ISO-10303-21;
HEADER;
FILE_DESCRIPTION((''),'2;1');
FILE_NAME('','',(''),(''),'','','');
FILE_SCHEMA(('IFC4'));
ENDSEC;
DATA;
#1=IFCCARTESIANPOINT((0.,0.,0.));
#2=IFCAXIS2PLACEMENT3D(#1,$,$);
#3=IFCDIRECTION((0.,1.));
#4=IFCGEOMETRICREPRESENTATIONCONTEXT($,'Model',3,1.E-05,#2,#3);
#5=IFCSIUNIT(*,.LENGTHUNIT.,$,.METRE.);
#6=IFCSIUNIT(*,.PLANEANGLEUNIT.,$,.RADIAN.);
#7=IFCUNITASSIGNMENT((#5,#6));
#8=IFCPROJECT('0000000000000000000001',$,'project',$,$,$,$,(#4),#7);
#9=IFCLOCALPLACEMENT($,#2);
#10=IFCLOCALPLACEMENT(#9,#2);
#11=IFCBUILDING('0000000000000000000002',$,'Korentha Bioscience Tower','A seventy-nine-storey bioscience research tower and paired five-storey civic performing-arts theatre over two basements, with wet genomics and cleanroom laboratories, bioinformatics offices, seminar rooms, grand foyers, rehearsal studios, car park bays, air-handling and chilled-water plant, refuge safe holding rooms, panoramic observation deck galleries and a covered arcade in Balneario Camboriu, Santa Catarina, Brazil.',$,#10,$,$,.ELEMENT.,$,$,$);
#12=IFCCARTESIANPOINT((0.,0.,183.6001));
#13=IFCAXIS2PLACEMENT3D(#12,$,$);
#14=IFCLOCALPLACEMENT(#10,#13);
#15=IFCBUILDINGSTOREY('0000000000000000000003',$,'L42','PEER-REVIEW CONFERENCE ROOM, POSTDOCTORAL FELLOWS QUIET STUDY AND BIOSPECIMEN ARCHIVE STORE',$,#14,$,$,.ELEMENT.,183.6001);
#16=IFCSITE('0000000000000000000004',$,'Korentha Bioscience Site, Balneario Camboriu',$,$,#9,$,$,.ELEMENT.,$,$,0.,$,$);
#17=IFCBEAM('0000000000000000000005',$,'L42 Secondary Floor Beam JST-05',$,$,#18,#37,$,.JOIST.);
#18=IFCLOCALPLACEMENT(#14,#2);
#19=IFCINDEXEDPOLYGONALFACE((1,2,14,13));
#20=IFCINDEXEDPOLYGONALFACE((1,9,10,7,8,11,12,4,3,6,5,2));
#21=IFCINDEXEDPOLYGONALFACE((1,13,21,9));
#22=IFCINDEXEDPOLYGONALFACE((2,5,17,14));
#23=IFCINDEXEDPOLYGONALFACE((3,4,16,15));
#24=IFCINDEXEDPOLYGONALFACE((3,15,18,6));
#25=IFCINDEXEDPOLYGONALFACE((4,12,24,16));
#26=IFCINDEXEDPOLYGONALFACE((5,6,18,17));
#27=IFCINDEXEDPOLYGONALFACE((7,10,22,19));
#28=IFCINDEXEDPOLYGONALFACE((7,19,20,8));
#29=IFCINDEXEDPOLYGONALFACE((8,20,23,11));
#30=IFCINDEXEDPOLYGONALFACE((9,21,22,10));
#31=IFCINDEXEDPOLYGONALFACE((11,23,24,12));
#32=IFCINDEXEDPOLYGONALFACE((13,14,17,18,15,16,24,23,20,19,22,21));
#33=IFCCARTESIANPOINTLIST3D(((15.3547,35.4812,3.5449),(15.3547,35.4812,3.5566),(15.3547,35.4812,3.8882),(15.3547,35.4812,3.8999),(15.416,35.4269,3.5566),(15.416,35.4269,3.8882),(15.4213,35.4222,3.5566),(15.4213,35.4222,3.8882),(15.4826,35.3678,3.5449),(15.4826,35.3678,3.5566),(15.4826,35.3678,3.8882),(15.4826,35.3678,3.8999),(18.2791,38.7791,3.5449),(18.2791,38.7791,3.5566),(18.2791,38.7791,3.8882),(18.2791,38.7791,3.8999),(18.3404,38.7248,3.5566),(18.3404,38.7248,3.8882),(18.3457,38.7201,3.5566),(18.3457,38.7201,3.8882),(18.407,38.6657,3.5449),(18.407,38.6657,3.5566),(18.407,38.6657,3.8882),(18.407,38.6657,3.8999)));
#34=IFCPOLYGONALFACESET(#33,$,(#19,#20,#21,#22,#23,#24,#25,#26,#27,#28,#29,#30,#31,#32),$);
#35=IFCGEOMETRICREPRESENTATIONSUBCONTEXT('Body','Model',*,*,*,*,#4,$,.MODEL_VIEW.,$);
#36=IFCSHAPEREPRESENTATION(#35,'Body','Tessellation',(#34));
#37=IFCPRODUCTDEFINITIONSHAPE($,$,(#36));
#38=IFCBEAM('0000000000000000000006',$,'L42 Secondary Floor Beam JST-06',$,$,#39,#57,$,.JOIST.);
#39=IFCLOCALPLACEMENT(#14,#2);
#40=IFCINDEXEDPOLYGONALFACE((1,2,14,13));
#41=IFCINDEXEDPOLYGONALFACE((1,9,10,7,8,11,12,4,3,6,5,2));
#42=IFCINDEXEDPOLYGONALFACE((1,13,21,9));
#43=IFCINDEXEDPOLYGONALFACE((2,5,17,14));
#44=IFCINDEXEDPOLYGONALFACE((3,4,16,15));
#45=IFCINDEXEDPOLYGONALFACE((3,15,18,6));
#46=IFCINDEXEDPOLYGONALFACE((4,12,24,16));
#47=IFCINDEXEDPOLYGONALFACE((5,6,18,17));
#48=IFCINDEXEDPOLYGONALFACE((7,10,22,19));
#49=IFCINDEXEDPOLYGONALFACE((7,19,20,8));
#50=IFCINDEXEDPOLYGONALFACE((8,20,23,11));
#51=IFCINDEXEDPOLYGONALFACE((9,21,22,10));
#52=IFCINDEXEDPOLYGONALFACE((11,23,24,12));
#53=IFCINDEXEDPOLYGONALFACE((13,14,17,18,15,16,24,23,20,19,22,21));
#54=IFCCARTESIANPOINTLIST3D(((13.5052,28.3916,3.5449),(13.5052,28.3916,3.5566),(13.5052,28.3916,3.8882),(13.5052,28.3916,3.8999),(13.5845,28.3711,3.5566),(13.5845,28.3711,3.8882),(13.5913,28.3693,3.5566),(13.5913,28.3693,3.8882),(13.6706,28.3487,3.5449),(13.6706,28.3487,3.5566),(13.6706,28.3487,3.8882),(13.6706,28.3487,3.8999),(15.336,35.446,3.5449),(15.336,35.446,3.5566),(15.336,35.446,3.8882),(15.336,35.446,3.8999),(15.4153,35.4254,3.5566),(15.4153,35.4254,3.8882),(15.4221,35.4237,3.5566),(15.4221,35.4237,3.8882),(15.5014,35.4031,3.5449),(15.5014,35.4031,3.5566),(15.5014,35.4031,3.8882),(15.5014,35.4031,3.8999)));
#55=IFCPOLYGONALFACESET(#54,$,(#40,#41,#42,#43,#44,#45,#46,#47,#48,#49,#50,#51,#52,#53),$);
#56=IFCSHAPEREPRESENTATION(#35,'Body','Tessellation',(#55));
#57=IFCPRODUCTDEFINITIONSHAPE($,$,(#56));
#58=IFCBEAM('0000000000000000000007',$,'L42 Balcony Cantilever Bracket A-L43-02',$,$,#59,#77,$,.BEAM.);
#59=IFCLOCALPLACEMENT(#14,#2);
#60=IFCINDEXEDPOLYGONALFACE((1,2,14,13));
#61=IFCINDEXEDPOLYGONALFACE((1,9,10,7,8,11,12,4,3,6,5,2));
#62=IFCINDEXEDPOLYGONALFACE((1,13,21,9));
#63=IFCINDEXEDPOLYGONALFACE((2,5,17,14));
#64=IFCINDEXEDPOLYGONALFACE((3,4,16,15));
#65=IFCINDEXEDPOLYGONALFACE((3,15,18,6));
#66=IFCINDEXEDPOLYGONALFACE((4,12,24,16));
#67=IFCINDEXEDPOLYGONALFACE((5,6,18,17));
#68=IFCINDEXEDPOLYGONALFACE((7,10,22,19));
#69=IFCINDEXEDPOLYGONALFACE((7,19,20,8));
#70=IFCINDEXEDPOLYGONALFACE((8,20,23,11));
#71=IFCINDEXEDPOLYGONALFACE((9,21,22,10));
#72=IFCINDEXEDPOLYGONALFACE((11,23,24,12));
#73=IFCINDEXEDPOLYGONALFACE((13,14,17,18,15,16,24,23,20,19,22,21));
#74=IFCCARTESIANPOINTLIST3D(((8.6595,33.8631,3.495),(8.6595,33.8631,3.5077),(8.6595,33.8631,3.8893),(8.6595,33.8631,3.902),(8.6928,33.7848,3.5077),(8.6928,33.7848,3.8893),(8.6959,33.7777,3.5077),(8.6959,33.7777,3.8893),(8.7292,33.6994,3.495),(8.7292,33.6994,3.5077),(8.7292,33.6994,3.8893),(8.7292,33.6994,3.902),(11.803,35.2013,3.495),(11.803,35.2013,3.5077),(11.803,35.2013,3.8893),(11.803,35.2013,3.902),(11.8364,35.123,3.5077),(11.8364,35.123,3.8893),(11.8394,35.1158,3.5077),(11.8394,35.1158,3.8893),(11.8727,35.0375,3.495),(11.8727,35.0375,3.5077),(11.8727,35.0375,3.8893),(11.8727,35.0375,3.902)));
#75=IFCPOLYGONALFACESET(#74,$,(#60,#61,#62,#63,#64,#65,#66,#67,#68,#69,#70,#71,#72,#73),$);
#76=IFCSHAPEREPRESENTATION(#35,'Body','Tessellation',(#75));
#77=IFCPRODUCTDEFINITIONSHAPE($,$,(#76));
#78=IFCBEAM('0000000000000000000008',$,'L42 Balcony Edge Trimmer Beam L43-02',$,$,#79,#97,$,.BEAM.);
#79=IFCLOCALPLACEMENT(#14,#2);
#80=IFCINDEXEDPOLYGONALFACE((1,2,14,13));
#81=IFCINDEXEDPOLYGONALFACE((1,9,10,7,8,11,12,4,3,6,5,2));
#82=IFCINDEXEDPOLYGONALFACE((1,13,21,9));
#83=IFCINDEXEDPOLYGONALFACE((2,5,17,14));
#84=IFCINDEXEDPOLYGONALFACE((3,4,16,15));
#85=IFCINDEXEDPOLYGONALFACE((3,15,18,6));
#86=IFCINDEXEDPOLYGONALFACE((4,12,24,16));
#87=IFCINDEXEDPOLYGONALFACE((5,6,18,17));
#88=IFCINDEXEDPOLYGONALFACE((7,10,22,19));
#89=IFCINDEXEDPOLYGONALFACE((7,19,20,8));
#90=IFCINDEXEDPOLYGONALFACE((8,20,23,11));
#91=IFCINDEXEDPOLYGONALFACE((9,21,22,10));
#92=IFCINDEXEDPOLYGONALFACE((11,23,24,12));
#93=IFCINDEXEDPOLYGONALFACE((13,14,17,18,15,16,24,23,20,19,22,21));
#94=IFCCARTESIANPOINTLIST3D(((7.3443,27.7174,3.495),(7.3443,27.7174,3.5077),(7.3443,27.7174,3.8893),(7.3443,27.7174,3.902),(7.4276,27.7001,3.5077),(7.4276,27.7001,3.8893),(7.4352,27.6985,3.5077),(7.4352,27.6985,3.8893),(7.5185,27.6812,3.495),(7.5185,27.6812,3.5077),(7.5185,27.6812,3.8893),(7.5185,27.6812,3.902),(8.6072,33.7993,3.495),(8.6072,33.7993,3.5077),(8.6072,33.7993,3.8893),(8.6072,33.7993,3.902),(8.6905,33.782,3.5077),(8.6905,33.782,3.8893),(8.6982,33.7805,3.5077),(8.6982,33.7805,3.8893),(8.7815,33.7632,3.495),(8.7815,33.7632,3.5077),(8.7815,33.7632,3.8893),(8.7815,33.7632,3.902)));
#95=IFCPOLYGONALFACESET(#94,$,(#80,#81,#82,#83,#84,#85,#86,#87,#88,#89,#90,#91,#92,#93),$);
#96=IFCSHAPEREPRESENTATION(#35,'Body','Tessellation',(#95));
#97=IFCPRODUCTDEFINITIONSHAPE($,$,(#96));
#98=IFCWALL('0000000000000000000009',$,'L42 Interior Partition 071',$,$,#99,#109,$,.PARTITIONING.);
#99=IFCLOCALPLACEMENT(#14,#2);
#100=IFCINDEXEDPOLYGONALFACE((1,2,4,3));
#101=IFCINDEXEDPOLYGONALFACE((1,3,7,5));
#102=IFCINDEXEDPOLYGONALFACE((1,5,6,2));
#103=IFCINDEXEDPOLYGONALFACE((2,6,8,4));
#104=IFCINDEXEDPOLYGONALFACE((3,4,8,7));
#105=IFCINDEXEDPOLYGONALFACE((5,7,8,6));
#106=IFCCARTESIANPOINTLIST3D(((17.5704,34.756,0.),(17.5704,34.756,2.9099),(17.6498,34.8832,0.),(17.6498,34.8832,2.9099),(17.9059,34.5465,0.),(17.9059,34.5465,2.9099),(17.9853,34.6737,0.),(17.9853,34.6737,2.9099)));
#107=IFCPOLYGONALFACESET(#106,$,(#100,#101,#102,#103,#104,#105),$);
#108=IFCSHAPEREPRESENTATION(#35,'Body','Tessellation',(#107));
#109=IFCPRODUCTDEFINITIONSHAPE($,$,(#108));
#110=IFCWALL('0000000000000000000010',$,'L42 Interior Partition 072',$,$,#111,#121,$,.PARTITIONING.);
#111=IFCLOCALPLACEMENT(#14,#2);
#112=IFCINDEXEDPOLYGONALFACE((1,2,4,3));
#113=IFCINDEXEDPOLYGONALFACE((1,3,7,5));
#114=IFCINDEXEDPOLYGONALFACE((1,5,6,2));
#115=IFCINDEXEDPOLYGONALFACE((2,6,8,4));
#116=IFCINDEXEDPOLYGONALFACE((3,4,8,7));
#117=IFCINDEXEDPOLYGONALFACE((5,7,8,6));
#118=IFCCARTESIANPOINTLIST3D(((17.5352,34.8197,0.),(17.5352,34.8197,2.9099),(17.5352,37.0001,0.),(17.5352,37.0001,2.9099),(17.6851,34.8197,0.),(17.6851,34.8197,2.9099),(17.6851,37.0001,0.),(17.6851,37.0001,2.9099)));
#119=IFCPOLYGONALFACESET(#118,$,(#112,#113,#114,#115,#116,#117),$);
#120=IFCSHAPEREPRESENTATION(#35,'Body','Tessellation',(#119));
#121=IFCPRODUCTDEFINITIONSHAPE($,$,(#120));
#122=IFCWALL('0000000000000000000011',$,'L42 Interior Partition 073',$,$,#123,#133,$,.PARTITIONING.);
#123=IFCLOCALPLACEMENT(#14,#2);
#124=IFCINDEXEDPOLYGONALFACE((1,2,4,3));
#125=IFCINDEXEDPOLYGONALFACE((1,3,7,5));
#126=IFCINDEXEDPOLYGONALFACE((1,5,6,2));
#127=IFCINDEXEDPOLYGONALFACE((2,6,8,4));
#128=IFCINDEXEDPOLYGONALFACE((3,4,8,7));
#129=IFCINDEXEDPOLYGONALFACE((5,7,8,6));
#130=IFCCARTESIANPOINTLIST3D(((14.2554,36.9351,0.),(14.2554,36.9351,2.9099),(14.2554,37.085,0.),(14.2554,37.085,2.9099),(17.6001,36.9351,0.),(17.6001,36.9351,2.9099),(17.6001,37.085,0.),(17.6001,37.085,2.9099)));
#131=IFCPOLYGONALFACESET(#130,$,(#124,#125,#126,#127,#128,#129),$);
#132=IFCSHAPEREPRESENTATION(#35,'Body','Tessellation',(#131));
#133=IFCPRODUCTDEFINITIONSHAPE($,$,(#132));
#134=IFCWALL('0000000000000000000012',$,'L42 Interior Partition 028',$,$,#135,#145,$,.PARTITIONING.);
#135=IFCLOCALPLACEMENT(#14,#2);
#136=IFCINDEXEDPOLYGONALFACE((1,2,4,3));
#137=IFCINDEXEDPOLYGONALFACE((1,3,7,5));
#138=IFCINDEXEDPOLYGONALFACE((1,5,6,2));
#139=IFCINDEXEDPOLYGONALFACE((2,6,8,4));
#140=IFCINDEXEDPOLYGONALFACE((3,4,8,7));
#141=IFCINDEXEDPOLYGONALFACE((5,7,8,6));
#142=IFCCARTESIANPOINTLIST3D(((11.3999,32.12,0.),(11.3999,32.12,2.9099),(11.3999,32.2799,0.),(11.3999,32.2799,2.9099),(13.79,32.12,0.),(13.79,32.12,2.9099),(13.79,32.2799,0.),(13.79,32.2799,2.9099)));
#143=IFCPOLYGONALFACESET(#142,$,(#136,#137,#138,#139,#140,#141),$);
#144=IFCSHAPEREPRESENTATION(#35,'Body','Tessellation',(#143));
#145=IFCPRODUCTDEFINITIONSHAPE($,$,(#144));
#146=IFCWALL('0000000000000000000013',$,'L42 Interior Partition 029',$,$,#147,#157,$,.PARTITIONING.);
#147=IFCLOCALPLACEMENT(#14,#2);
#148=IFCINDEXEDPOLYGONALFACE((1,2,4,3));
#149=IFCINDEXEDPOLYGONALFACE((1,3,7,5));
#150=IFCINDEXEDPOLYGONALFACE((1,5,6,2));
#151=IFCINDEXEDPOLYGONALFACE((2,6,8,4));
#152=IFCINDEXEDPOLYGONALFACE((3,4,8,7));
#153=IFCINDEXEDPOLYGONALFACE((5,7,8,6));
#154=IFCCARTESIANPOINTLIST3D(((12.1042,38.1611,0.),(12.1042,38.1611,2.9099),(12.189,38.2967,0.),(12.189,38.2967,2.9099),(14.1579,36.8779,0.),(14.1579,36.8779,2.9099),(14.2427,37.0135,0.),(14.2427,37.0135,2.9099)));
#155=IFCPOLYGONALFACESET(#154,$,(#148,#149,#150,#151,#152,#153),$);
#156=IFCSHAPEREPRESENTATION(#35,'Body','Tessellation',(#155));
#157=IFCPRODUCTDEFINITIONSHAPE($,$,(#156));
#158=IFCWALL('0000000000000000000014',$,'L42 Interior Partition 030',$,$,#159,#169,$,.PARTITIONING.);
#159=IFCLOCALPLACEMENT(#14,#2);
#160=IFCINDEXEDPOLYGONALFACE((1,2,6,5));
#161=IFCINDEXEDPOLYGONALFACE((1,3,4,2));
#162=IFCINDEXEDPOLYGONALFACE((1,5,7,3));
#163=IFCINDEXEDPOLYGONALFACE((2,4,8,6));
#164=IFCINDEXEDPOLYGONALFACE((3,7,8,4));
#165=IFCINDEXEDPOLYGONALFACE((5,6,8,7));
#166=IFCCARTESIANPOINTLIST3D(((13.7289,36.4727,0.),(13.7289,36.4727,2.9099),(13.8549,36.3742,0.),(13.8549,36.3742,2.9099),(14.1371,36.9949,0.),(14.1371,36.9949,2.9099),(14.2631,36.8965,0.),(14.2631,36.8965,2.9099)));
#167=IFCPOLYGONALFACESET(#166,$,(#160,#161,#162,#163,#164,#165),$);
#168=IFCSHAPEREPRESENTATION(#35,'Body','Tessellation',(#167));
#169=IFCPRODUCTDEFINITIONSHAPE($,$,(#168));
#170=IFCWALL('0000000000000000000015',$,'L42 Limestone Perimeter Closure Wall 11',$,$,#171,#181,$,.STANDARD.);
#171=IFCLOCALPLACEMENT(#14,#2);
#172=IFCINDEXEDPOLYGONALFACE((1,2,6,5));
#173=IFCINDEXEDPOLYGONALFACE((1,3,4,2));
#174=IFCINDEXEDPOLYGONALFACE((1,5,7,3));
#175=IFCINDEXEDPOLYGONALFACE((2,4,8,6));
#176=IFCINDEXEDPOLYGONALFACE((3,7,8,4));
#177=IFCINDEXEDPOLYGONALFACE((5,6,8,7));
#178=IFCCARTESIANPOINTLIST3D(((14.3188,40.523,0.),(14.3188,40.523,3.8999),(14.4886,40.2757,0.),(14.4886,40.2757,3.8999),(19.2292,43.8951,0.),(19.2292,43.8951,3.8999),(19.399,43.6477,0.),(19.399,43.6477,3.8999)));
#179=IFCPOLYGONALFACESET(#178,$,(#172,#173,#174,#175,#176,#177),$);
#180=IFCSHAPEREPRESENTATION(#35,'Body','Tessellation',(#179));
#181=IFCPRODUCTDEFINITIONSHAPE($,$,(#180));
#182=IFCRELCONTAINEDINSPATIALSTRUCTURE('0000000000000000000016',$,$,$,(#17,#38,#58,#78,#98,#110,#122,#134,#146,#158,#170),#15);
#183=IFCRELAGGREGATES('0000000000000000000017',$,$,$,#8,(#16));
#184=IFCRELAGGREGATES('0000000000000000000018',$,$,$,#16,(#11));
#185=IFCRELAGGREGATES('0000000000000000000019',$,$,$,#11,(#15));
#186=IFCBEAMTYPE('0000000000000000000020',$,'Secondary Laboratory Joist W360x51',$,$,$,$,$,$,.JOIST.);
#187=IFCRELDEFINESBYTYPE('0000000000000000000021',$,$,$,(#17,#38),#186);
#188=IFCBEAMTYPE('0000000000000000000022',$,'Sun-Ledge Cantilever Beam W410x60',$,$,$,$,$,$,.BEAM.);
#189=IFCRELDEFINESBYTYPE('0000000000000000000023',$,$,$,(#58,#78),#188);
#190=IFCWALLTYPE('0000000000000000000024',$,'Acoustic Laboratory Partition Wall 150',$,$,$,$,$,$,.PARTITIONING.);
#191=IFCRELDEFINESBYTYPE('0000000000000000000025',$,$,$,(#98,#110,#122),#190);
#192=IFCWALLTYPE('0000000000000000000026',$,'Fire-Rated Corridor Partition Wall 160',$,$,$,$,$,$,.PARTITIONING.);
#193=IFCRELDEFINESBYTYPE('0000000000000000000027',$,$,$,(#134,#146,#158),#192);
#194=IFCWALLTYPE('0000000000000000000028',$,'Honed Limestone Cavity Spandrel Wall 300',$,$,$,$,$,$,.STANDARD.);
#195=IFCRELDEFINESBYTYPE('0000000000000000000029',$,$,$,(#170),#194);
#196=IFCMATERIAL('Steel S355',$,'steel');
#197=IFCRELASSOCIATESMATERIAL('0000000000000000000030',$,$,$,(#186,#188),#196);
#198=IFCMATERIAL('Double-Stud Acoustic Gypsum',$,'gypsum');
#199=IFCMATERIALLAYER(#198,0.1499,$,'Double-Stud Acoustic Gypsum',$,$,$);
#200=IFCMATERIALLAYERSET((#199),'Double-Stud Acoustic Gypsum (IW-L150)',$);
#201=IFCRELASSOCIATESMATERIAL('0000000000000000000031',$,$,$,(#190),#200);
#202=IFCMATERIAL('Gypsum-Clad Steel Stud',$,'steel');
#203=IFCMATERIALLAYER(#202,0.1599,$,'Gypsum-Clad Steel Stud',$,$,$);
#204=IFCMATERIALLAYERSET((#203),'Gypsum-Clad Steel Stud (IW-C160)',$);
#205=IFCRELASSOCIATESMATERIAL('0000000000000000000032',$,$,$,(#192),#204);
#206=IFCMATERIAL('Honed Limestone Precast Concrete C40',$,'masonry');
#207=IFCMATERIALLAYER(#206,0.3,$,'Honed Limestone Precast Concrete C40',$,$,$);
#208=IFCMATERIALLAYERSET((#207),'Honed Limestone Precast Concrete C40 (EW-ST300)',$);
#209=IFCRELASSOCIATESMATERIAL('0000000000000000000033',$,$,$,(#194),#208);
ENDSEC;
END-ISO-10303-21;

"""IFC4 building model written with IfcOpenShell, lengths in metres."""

from ifc_helpers import new_model, si_unit, direction, frame, frame_2d, origin, origin_2d, place, context, subcontext, project, spatial, rectangle, i_section, extrude, material, layer, layer_set, material_profile, profile_set, type_object, element, save


model = new_model("IFC4")

# Units and contexts
model_context = context("Model", 3, precision=1e-05, world=origin(), true_north=direction((0.0, 1.0)))
body_context = subcontext(model_context, "Body", "Model", "MODEL_VIEW")
ifc_project = project(units=[si_unit("LENGTHUNIT", "METRE"), si_unit("PLANEANGLEUNIT", "RADIAN")], contexts=[model_context])

# Site, building, storey
site_placement = place(None, origin())
site = spatial("IfcSite", under=ifc_project, at=site_placement, Name="Korentha Bioscience Site, Balneario Camboriu", CompositionType="ELEMENT", RefElevation=0.0)
building_placement = place(site_placement, origin())
building = spatial("IfcBuilding", under=site, at=building_placement, Name="Korentha Bioscience Tower", Description="A seventy-nine-storey bioscience research tower and paired five-storey civic performing-arts theatre over two basements, with wet genomics and cleanroom laboratories, bioinformatics offices, seminar rooms, grand foyers, rehearsal studios, car park bays, air-handling and chilled-water plant, refuge safe holding rooms, panoramic observation deck galleries and a covered arcade in Balneario Camboriu, Santa Catarina, Brazil.", CompositionType="ELEMENT")
storey_placement = place(building_placement, frame((0.0, 0.0, 183.6001)))
storey = spatial("IfcBuildingStorey", under=building, at=storey_placement, Name="L42", Description="PEER-REVIEW CONFERENCE ROOM, POSTDOCTORAL FELLOWS QUIET STUDY AND BIOSPECIMEN ARCHIVE STORE", CompositionType="ELEMENT", Elevation=183.6001)

# Beams
ifc_material_1 = material(Name="Steel S355", Category="steel")
ifc_material_profile_1 = material_profile(ifc_material_1, i_section(OverallWidth=0.1709, OverallDepth=0.355, WebThickness=0.0071, FlangeThickness=0.0117, at=origin_2d()), Name="Steel S355")
ifc_profile_set_1 = profile_set([ifc_material_profile_1], Name="Steel S355 (JB-360)")
beam_type_1 = type_object("IfcBeamType", Name="Secondary Laboratory Joist W360x51", PredefinedType="JOIST", material=ifc_profile_set_1)
beam_1_placement = place(storey_placement, frame((18.343, 38.7224, 3.7224), z_axis=(-0.663463, -0.748209, 0.0), x_axis=(0.748209, -0.663463, 0.0)))
element("IfcBeam", 1, at=beam_1_placement, inside=storey, type_object=beam_type_1, Name="L42 Secondary Floor Beam JST-05", PredefinedType="JOIST", context=body_context, shape_type="SweptSolid", body=[
    extrude(i_section(OverallWidth=0.1709, OverallDepth=0.355, WebThickness=0.0071, FlangeThickness=0.0117, at=origin_2d()), origin(), (0.0, 0.0, 1.0), 4.4077),
])
beam_2_placement = place(storey_placement, frame((15.4187, 35.4246, 3.7224), z_axis=(-0.251204, -0.967934, 0.0), x_axis=(0.967934, -0.251204, 0.0)))
element("IfcBeam", 2, at=beam_2_placement, inside=storey, type_object=beam_type_1, Name="L42 Secondary Floor Beam JST-06", PredefinedType="JOIST", context=body_context, shape_type="SweptSolid", body=[
    extrude(i_section(OverallWidth=0.1709, OverallDepth=0.355, WebThickness=0.0071, FlangeThickness=0.0117, at=origin_2d()), origin(), (0.0, 0.0, 1.0), 7.2881),
])
ifc_material_profile_2 = material_profile(ifc_material_1, i_section(OverallWidth=0.178, OverallDepth=0.407, WebThickness=0.0078, FlangeThickness=0.0127, at=origin_2d()), Name="Steel S355")
ifc_profile_set_2 = profile_set([ifc_material_profile_2], Name="Steel S355 (CB-410)")
beam_type_2 = type_object("IfcBeamType", Name="Sun-Ledge Cantilever Beam W410x60", PredefinedType="BEAM", material=ifc_profile_set_2)
beam_3_placement = place(storey_placement, frame((11.8379, 35.1194, 3.6985), z_axis=(-0.920107, -0.391667, 0.0), x_axis=(0.391667, -0.920107, 0.0)))
element("IfcBeam", 3, at=beam_3_placement, inside=storey, type_object=beam_type_2, Name="L42 Balcony Cantilever Bracket A-L43-02", PredefinedType="BEAM", context=body_context, shape_type="SweptSolid", body=[
    extrude(i_section(OverallWidth=0.178, OverallDepth=0.407, WebThickness=0.0078, FlangeThickness=0.0127, at=origin_2d()), origin(), (0.0, 0.0, 1.0), 3.4165),
])
beam_4_placement = place(storey_placement, frame((8.6943, 33.7812, 3.6985), z_axis=(-0.203314, -0.979114, 0.0), x_axis=(0.979114, -0.203314, 0.0)))
element("IfcBeam", 4, at=beam_4_placement, inside=storey, type_object=beam_type_2, Name="L42 Balcony Edge Trimmer Beam L43-02", PredefinedType="BEAM", context=body_context, shape_type="SweptSolid", body=[
    extrude(i_section(OverallWidth=0.178, OverallDepth=0.407, WebThickness=0.0078, FlangeThickness=0.0127, at=origin_2d()), origin(), (0.0, 0.0, 1.0), 6.2117),
])

# Walls
ifc_material_2 = material(Name="Double-Stud Acoustic Gypsum", Category="gypsum")
ifc_layer_1 = layer(ifc_material_2, 0.1499, Name="Double-Stud Acoustic Gypsum")
ifc_layer_set_1 = layer_set([ifc_layer_1], Name="Double-Stud Acoustic Gypsum (IW-L150)")
wall_type_1 = type_object("IfcWallType", Name="Acoustic Laboratory Partition Wall 150", PredefinedType="PARTITIONING", material=ifc_layer_set_1)
wall_1_placement = place(storey_placement, frame((17.9456, 34.6101, 0.0), z_axis=(0.0, 0.0, 1.0), x_axis=(-0.848206, 0.529666, 0.0)))
element("IfcWall", 5, at=wall_1_placement, inside=storey, type_object=wall_type_1, Name="L42 Interior Partition 071", PredefinedType="PARTITIONING", context=body_context, shape_type="SweptSolid", body=[
    extrude(rectangle(XDim=0.3955, YDim=0.1499, at=frame_2d((0.1978, 0.0))), origin(), (0.0, 0.0, 1.0), 2.9099),
])
wall_2_placement = place(storey_placement, frame((17.6101, 34.8196, 0.0), z_axis=(0.0, 0.0, 1.0), x_axis=(0.0, 1.0, 0.0)))
element("IfcWall", 6, at=wall_2_placement, inside=storey, type_object=wall_type_1, Name="L42 Interior Partition 072", PredefinedType="PARTITIONING", context=body_context, shape_type="SweptSolid", body=[
    extrude(rectangle(XDim=2.1804, YDim=0.1499, at=frame_2d((1.0903, 0.0))), origin(), (0.0, 0.0, 1.0), 2.9099),
])
wall_3_placement = place(storey_placement, frame((17.6001, 37.01, 0.0), z_axis=(0.0, 0.0, 1.0), x_axis=(-1.0, 0.0, 0.0)))
element("IfcWall", 7, at=wall_3_placement, inside=storey, type_object=wall_type_1, Name="L42 Interior Partition 073", PredefinedType="PARTITIONING", context=body_context, shape_type="SweptSolid", body=[
    extrude(rectangle(XDim=3.3447, YDim=0.1499, at=frame_2d((1.6724, 0.0))), origin(), (0.0, 0.0, 1.0), 2.9099),
])

# Shared definitions
ifc_material_3 = material(Name="Gypsum-Clad Steel Stud", Category="steel")
ifc_layer_2 = layer(ifc_material_3, 0.1599, Name="Gypsum-Clad Steel Stud")
ifc_layer_set_2 = layer_set([ifc_layer_2], Name="Gypsum-Clad Steel Stud (IW-C160)")
wall_type_2 = type_object("IfcWallType", Name="Fire-Rated Corridor Partition Wall 160", PredefinedType="PARTITIONING", material=ifc_layer_set_2)

# Walls
wall_4_placement = place(storey_placement, frame((11.3999, 32.2, 0.0), z_axis=(0.0, 0.0, 1.0), x_axis=(1.0, 0.0, 0.0)))
element("IfcWall", 8, at=wall_4_placement, inside=storey, type_object=wall_type_2, Name="L42 Interior Partition 028", PredefinedType="PARTITIONING", context=body_context, shape_type="SweptSolid", body=[
    extrude(rectangle(XDim=2.3901, YDim=0.1599, at=frame_2d((1.1951, 0.0))), origin(), (0.0, 0.0, 1.0), 2.9099),
])
wall_5_placement = place(storey_placement, frame((12.1465, 38.229, 0.0), z_axis=(0.0, 0.0, 1.0), x_axis=(0.848066, -0.52989, 0.0)))
element("IfcWall", 9, at=wall_5_placement, inside=storey, type_object=wall_type_2, Name="L42 Interior Partition 029", PredefinedType="PARTITIONING", context=body_context, shape_type="SweptSolid", body=[
    extrude(rectangle(XDim=2.4216, YDim=0.1599, at=frame_2d((1.2109, 0.0))), origin(), (0.0, 0.0, 1.0), 2.9099),
])
wall_6_placement = place(storey_placement, frame((14.2002, 36.9458, 0.0), z_axis=(0.0, 0.0, 1.0), x_axis=(-0.615851, -0.787862, 0.0)))
element("IfcWall", 10, at=wall_6_placement, inside=storey, type_object=wall_type_2, Name="L42 Interior Partition 030", PredefinedType="PARTITIONING", context=body_context, shape_type="SweptSolid", body=[
    extrude(rectangle(XDim=0.6628, YDim=0.1599, at=frame_2d((0.3315, 0.0))), origin(), (0.0, 0.0, 1.0), 2.9099),
])

# Shared definitions
ifc_material_4 = material(Name="Honed Limestone Precast Concrete C40", Category="masonry")
ifc_layer_3 = layer(ifc_material_4, 0.3, Name="Honed Limestone Precast Concrete C40")
ifc_layer_set_3 = layer_set([ifc_layer_3], Name="Honed Limestone Precast Concrete C40 (EW-ST300)")
wall_type_3 = type_object("IfcWallType", Name="Honed Limestone Cavity Spandrel Wall 300", PredefinedType="STANDARD", material=ifc_layer_set_3)

# Wall
wall_7_placement = place(storey_placement, frame((19.3142, 43.7715, 0.0), z_axis=(0.0, 0.0, 1.0), x_axis=(-0.824342, -0.566092, 0.0)))
element("IfcWall", 11, at=wall_7_placement, inside=storey, type_object=wall_type_3, Name="L42 Limestone Perimeter Closure Wall 11", PredefinedType="STANDARD", context=body_context, shape_type="SweptSolid", body=[
    extrude(rectangle(XDim=5.9568, YDim=0.3, at=frame_2d((2.9785, 0.0))), origin(), (0.0, 0.0, 1.0), 3.8999),
])

save(model, "model.ifc")
